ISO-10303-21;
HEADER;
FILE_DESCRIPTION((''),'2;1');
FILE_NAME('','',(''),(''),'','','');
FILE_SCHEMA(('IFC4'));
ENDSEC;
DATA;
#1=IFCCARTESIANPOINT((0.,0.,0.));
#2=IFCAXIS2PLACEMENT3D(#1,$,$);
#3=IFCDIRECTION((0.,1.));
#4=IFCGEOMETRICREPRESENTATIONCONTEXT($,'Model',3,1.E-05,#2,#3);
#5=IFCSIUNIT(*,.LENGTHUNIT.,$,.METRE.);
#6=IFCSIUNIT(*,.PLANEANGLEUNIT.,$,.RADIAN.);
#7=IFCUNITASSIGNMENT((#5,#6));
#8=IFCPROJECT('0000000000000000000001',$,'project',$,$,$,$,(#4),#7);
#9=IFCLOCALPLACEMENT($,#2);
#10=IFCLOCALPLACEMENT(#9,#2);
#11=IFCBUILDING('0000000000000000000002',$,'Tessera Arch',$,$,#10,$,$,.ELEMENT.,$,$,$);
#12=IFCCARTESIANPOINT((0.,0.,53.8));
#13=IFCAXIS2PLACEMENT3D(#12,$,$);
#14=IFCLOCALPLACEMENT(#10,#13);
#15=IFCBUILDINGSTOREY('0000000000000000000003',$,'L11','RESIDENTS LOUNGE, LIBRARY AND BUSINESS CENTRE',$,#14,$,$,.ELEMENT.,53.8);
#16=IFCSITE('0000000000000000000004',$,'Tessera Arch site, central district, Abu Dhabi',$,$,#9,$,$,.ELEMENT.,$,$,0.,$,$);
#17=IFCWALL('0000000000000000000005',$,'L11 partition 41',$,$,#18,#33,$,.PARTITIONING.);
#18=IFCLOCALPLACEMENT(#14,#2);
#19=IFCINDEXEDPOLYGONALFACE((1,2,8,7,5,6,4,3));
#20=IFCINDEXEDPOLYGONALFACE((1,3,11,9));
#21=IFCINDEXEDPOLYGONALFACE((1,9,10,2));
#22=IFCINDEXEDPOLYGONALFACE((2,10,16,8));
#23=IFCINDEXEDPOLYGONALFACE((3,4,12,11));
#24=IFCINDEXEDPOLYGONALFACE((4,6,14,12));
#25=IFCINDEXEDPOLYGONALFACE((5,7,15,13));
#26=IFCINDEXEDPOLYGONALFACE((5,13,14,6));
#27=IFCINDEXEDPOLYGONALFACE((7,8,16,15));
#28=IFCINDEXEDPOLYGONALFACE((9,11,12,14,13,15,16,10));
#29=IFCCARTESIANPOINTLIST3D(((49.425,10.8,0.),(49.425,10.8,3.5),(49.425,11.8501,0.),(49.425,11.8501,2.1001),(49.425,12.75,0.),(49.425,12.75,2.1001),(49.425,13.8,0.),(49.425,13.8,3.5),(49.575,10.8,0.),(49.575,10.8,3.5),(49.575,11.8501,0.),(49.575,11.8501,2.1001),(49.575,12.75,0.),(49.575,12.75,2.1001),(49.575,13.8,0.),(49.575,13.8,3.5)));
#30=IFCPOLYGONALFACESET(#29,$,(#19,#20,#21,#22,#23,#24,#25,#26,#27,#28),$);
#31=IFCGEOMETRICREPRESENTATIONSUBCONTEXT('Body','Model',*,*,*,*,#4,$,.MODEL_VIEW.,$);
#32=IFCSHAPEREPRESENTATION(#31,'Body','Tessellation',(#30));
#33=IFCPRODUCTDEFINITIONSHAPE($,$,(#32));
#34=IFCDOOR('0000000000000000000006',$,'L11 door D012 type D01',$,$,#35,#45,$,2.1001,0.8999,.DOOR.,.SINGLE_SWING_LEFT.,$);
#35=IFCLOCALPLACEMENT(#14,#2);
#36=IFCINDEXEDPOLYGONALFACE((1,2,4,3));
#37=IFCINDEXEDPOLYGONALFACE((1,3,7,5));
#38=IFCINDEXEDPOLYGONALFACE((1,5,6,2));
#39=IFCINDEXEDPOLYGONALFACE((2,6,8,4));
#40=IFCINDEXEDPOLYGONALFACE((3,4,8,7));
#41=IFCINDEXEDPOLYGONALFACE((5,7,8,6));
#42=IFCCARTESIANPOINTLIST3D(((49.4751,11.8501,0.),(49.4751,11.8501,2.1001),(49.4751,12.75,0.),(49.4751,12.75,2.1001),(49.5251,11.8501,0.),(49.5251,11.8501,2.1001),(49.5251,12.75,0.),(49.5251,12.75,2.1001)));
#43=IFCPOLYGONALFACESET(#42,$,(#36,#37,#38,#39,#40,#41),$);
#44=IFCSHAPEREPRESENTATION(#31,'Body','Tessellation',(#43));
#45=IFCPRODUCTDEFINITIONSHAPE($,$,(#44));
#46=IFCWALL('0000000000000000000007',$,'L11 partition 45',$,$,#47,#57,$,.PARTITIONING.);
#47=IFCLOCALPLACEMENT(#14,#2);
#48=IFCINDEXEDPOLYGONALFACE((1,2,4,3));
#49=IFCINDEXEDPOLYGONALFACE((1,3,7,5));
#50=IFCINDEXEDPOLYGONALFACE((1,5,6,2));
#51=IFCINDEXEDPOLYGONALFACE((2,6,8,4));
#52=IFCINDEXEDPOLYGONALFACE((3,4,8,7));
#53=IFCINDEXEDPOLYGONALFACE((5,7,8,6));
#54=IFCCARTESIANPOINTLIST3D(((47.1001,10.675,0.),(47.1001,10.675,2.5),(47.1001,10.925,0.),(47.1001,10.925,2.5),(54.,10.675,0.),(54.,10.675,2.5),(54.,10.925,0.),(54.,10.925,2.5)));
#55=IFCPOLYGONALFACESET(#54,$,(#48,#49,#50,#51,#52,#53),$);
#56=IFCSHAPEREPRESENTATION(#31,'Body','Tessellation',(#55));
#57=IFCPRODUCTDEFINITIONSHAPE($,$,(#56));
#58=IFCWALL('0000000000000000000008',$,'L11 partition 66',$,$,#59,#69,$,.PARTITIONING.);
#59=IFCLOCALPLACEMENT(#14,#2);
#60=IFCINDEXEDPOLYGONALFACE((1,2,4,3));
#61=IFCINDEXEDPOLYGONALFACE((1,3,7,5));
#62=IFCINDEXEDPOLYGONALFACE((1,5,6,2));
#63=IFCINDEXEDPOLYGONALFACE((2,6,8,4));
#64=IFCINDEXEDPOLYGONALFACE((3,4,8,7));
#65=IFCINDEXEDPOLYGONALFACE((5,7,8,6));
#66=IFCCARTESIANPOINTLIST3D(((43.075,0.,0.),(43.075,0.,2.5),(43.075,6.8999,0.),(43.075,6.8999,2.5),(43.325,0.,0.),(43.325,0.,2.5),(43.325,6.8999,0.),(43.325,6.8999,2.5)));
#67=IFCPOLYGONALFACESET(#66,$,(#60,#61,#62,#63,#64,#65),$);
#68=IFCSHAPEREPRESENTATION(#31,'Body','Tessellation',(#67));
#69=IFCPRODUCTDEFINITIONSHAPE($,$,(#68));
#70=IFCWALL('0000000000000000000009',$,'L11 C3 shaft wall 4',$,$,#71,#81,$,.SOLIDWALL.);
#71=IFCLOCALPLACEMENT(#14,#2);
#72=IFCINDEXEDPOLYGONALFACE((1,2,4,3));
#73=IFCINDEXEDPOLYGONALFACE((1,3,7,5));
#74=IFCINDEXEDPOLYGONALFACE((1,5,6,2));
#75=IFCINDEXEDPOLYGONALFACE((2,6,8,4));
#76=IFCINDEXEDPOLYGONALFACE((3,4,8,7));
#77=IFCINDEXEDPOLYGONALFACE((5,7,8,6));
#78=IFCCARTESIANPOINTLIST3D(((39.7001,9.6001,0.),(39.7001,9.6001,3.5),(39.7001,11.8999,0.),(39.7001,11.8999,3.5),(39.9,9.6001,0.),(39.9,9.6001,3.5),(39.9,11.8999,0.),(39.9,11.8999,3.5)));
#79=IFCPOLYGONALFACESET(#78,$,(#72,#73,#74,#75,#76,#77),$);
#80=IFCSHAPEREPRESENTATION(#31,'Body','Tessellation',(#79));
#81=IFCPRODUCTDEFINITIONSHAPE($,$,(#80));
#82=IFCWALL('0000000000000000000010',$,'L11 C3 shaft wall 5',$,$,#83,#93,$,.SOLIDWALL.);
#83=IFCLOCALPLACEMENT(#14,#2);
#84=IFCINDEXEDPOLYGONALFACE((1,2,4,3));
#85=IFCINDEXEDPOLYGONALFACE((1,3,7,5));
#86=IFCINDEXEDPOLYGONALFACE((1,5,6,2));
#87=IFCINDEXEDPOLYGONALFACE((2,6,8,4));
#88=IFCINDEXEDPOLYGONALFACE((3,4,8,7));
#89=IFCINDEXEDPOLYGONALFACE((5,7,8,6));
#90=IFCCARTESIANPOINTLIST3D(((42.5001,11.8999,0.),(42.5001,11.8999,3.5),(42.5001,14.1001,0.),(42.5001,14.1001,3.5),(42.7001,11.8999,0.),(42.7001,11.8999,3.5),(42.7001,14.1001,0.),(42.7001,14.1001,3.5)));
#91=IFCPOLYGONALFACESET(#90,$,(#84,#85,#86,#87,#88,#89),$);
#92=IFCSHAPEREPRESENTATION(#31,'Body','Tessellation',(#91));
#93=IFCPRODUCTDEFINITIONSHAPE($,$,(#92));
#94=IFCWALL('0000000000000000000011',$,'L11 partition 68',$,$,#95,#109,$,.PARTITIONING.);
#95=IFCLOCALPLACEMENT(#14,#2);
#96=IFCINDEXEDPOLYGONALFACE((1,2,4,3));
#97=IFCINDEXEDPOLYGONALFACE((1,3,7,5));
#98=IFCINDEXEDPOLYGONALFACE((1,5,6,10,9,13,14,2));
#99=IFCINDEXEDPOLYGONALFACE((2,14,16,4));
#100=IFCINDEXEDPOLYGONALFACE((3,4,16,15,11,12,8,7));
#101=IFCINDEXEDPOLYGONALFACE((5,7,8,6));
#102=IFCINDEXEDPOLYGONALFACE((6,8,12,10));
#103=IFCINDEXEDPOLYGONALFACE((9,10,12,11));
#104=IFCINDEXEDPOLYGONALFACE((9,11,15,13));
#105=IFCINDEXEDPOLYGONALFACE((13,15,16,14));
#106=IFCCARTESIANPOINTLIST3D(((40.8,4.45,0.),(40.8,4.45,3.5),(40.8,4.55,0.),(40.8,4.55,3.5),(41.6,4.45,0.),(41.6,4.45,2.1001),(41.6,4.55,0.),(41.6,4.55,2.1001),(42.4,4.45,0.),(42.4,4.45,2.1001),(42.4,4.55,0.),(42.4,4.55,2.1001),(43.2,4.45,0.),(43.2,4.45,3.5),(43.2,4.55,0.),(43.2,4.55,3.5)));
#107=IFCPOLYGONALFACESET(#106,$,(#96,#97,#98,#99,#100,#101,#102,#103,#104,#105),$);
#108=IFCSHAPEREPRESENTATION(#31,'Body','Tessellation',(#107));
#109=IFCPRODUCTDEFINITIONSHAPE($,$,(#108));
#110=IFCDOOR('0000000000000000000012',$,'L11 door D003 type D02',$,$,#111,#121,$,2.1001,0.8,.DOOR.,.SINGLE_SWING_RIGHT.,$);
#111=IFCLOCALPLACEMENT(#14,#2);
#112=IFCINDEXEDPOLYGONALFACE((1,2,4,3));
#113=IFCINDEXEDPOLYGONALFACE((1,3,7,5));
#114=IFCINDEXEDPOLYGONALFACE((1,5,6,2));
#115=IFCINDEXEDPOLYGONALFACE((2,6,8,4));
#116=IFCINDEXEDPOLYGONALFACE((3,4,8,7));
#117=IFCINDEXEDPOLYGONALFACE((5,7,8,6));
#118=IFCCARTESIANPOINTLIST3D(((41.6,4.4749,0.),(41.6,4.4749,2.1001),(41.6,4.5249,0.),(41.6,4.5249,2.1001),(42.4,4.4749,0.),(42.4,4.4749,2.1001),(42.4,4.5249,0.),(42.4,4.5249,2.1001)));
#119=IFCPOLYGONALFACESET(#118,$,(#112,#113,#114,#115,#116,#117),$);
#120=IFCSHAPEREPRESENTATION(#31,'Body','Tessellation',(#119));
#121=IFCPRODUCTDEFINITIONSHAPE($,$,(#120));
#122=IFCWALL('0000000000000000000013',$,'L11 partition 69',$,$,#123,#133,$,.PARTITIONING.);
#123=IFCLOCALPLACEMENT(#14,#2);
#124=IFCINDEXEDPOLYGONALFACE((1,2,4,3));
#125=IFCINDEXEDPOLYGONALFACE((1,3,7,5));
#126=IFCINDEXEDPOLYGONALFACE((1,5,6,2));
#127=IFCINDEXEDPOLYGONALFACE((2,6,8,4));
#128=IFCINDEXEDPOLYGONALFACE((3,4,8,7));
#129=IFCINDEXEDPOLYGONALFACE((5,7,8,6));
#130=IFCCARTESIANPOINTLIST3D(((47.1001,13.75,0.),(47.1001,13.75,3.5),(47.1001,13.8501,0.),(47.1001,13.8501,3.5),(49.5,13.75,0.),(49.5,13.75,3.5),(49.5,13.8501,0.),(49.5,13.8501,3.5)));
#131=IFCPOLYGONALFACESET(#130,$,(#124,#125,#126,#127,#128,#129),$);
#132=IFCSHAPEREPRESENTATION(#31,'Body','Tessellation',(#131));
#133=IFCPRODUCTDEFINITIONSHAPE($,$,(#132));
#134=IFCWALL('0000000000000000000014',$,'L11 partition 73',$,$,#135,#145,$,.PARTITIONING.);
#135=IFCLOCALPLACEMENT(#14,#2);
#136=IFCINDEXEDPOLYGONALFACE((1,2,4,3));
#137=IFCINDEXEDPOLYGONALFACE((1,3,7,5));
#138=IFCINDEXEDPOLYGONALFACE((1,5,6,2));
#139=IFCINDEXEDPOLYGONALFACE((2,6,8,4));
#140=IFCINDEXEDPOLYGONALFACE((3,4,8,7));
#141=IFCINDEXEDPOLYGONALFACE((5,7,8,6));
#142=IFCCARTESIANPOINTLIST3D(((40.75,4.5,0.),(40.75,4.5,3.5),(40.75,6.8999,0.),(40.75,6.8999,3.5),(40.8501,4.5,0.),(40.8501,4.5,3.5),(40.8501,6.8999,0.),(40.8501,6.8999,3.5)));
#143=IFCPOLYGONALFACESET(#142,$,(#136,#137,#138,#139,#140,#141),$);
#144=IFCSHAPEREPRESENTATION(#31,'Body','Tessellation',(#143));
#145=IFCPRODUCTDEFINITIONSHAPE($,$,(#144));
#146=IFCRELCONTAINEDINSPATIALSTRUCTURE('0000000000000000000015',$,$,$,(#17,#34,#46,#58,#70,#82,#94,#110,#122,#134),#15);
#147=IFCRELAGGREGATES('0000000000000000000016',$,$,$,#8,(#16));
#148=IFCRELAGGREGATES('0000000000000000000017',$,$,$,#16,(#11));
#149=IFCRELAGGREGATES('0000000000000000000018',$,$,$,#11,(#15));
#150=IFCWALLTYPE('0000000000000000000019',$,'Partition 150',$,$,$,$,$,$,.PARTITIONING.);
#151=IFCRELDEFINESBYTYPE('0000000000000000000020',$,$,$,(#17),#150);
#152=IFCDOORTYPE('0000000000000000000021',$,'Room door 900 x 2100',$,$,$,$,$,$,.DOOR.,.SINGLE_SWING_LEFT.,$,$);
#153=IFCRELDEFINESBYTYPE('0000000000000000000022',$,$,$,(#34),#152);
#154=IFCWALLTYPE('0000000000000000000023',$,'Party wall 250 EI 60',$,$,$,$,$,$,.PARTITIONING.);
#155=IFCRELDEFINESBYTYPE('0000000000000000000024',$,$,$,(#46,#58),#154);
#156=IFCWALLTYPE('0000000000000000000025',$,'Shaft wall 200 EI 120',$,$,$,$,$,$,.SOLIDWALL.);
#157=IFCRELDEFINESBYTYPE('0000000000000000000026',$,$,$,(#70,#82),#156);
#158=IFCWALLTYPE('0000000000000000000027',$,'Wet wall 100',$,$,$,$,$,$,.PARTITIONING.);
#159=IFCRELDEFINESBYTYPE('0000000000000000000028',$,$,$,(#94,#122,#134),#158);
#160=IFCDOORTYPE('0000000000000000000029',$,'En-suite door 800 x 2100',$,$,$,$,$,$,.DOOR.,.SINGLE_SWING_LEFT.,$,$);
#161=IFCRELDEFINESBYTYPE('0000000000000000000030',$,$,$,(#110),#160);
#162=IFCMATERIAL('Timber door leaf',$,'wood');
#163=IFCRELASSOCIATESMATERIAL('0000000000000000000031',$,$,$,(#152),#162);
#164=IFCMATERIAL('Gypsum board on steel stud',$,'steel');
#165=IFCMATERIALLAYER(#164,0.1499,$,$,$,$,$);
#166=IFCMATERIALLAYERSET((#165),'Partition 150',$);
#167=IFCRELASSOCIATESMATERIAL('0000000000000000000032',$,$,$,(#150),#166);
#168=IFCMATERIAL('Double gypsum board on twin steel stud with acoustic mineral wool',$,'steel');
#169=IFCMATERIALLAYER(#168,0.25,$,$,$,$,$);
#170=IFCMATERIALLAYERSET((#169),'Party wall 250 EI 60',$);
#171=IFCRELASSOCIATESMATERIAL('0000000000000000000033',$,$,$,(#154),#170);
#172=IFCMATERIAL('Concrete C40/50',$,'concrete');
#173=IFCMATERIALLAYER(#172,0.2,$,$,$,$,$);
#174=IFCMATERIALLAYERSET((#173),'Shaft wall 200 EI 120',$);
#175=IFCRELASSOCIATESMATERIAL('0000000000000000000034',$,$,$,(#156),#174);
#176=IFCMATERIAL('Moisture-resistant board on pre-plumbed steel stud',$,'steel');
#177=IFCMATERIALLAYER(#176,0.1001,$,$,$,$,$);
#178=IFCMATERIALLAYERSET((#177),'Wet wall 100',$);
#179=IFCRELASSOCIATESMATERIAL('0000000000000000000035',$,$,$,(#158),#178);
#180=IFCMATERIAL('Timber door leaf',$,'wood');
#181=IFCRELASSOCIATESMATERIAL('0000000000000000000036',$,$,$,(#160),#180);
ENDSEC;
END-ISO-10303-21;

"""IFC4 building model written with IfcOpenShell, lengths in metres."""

from ifc_helpers import new_model, si_unit, direction, frame, frame_2d, origin, place, context, subcontext, project, spatial, rectangle, extrude, material, layer, layer_set, type_object, element, fill, save


model = new_model("IFC4")

# Units and contexts
model_context = context("Model", 3, precision=1e-05, world=origin(), true_north=direction((0.0, 1.0)))
body_context = subcontext(model_context, "Body", "Model", "MODEL_VIEW")
ifc_project = project(units=[si_unit("LENGTHUNIT", "METRE"), si_unit("PLANEANGLEUNIT", "RADIAN")], contexts=[model_context])

# Site, building, storey
site_placement = place(None, origin())
site = spatial("IfcSite", under=ifc_project, at=site_placement, Name="Tessera Arch site, central district, Abu Dhabi", CompositionType="ELEMENT", RefElevation=0.0)
building_placement = place(site_placement, origin())
building = spatial("IfcBuilding", under=site, at=building_placement, Name="Tessera Arch", CompositionType="ELEMENT")
storey_placement = place(building_placement, frame((0.0, 0.0, 53.8)))
storey = spatial("IfcBuildingStorey", under=building, at=storey_placement, Name="L11", Description="RESIDENTS LOUNGE, LIBRARY AND BUSINESS CENTRE", CompositionType="ELEMENT", Elevation=53.8)

# Shared definitions
ifc_material_1 = material(Name="Timber door leaf", Category="wood")
door_type_1 = type_object("IfcDoorType", Name="Room door 900 x 2100", OperationType="SINGLE_SWING_LEFT", PredefinedType="DOOR", material=ifc_material_1)

# Wall, opening, door
ifc_material_2 = material(Name="Gypsum board on steel stud", Category="steel")
ifc_layer_1 = layer(ifc_material_2, 0.1499)
ifc_layer_set_1 = layer_set([ifc_layer_1], Name="Partition 150")
wall_type_1 = type_object("IfcWallType", Name="Partition 150", PredefinedType="PARTITIONING", material=ifc_layer_set_1)
wall_1_placement = place(storey_placement, frame((49.5, 10.8, 0.0), z_axis=(0.0, 0.0, 1.0), x_axis=(0.0, 1.0, 0.0)))
wall_1 = element("IfcWall", 1, at=wall_1_placement, inside=storey, type_object=wall_type_1, Name="L11 partition 41", PredefinedType="PARTITIONING", context=body_context, shape_type="SweptSolid", body=[
    extrude(rectangle(XDim=3.0, YDim=0.1499, at=frame_2d((1.5, 0.0))), origin(), (0.0, 0.0, 1.0), 3.5),
])
opening_1_placement = place(wall_1_placement, frame((1.05, 0.0, 0.0)))
opening_1 = element("IfcOpeningElement", 2, at=opening_1_placement, cuts=wall_1, PredefinedType="OPENING", context=body_context, shape_type="SweptSolid", body=[
    extrude(rectangle(XDim=0.8999, YDim=2.1001, at=frame_2d((0.45, 1.05))), frame((0.0, 0.085, 0.0), z_axis=(0.0, -1.0, 0.0), x_axis=(1.0, 0.0, 0.0)), (0.0, 0.0, 1.0), 0.1699),
])
door_1_placement = place(opening_1_placement, origin())
door_1 = element("IfcDoor", 3, at=door_1_placement, inside=storey, type_object=door_type_1, Name="L11 door D012 type D01", OperationType="SINGLE_SWING_LEFT", OverallHeight=2.1001, OverallWidth=0.8999, PredefinedType="DOOR", context=body_context, shape_type="SweptSolid", body=[
    extrude(rectangle(XDim=0.8999, YDim=2.1001, at=frame_2d((0.45, 1.05))), frame((0.0, 0.0249, 0.0), z_axis=(0.0, -1.0, 0.0), x_axis=(1.0, 0.0, 0.0)), (0.0, 0.0, 1.0), 0.05),
])
fill(opening_1, door_1)

# Walls
ifc_material_3 = material(Name="Double gypsum board on twin steel stud with acoustic mineral wool", Category="steel")
ifc_layer_2 = layer(ifc_material_3, 0.25)
ifc_layer_set_2 = layer_set([ifc_layer_2], Name="Party wall 250 EI 60")
wall_type_2 = type_object("IfcWallType", Name="Party wall 250 EI 60", PredefinedType="PARTITIONING", material=ifc_layer_set_2)
for number, where, z_axis, x_axis, name in (
    (4, (47.1001, 10.8, 0.0), (0.0, 0.0, 1.0), (1.0, 0.0, 0.0), "L11 partition 45"),
    (5, (43.2, 0.0, 0.0), (0.0, 0.0, 1.0), (0.0, 1.0, 0.0), "L11 partition 66"),
):
    element("IfcWall", number, at=place(storey_placement, frame(where, z_axis=z_axis, x_axis=x_axis)), inside=storey, type_object=wall_type_2, Name=name, PredefinedType="PARTITIONING", context=body_context, shape_type="SweptSolid", body=[
        extrude(rectangle(XDim=6.8999, YDim=0.25, at=frame_2d((3.45, 0.0))), origin(), (0.0, 0.0, 1.0), 2.5),
    ])
ifc_material_4 = material(Name="Concrete C40/50", Category="concrete")
ifc_layer_3 = layer(ifc_material_4, 0.2)
ifc_layer_set_3 = layer_set([ifc_layer_3], Name="Shaft wall 200 EI 120")
wall_type_3 = type_object("IfcWallType", Name="Shaft wall 200 EI 120", PredefinedType="SOLIDWALL", material=ifc_layer_set_3)
wall_2_placement = place(storey_placement, frame((39.8, 9.6001, 0.0), z_axis=(0.0, 0.0, 1.0), x_axis=(0.0, 1.0, 0.0)))
element("IfcWall", 6, at=wall_2_placement, inside=storey, type_object=wall_type_3, Name="L11 C3 shaft wall 4", PredefinedType="SOLIDWALL", context=body_context, shape_type="SweptSolid", body=[
    extrude(rectangle(XDim=2.2998, YDim=0.2, at=frame_2d((1.1499, 0.0))), origin(), (0.0, 0.0, 1.0), 3.5),
])
wall_3_placement = place(storey_placement, frame((42.6001, 11.8999, 0.0), z_axis=(0.0, 0.0, 1.0), x_axis=(0.0, 1.0, 0.0)))
element("IfcWall", 7, at=wall_3_placement, inside=storey, type_object=wall_type_3, Name="L11 C3 shaft wall 5", PredefinedType="SOLIDWALL", context=body_context, shape_type="SweptSolid", body=[
    extrude(rectangle(XDim=2.2002, YDim=0.2, at=frame_2d((1.1001, 0.0))), origin(), (0.0, 0.0, 1.0), 3.5),
])

# Wall, opening, door
ifc_material_5 = material(Name="Moisture-resistant board on pre-plumbed steel stud", Category="steel")
ifc_layer_4 = layer(ifc_material_5, 0.1001)
ifc_layer_set_4 = layer_set([ifc_layer_4], Name="Wet wall 100")
wall_type_4 = type_object("IfcWallType", Name="Wet wall 100", PredefinedType="PARTITIONING", material=ifc_layer_set_4)
wall_4_placement = place(storey_placement, frame((40.8, 4.5, 0.0), z_axis=(0.0, 0.0, 1.0), x_axis=(1.0, 0.0, 0.0)))
wall_4 = element("IfcWall", 8, at=wall_4_placement, inside=storey, type_object=wall_type_4, Name="L11 partition 68", PredefinedType="PARTITIONING", context=body_context, shape_type="SweptSolid", body=[
    extrude(rectangle(XDim=2.3999, YDim=0.1001, at=frame_2d((1.2, 0.0))), origin(), (0.0, 0.0, 1.0), 3.5),
])
opening_2_placement = place(wall_4_placement, frame((0.8, 0.0, 0.0)))
opening_2 = element("IfcOpeningElement", 9, at=opening_2_placement, cuts=wall_4, PredefinedType="OPENING", context=body_context, shape_type="SweptSolid", body=[
    extrude(rectangle(XDim=0.8, YDim=2.1001, at=frame_2d((0.3999, 1.05))), frame((0.0, 0.0601, 0.0), z_axis=(0.0, -1.0, 0.0), x_axis=(1.0, 0.0, 0.0)), (0.0, 0.0, 1.0), 0.1201),
])
ifc_material_6 = material(Name="Timber door leaf", Category="wood")
door_type_2 = type_object("IfcDoorType", Name="En-suite door 800 x 2100", OperationType="SINGLE_SWING_LEFT", PredefinedType="DOOR", material=ifc_material_6)
door_2_placement = place(opening_2_placement, origin())
door_2 = element("IfcDoor", 10, at=door_2_placement, inside=storey, type_object=door_type_2, Name="L11 door D003 type D02", OperationType="SINGLE_SWING_RIGHT", OverallHeight=2.1001, OverallWidth=0.8, PredefinedType="DOOR", context=body_context, shape_type="SweptSolid", body=[
    extrude(rectangle(XDim=0.8, YDim=2.1001, at=frame_2d((0.3999, 1.05))), frame((0.0, 0.0249, 0.0), z_axis=(0.0, -1.0, 0.0), x_axis=(1.0, 0.0, 0.0)), (0.0, 0.0, 1.0), 0.05),
])
fill(opening_2, door_2)

# Walls
for number, where, z_axis, x_axis, name in (
    (11, (47.1001, 13.8, 0.0), (0.0, 0.0, 1.0), (1.0, 0.0, 0.0), "L11 partition 69"),
    (12, (40.8, 4.5, 0.0), (0.0, 0.0, 1.0), (0.0, 1.0, 0.0), "L11 partition 73"),
):
    element("IfcWall", number, at=place(storey_placement, frame(where, z_axis=z_axis, x_axis=x_axis)), inside=storey, type_object=wall_type_4, Name=name, PredefinedType="PARTITIONING", context=body_context, shape_type="SweptSolid", body=[
        extrude(rectangle(XDim=2.3999, YDim=0.1001, at=frame_2d((1.2, 0.0))), origin(), (0.0, 0.0, 1.0), 3.5),
    ])

save(model, "model.ifc")
